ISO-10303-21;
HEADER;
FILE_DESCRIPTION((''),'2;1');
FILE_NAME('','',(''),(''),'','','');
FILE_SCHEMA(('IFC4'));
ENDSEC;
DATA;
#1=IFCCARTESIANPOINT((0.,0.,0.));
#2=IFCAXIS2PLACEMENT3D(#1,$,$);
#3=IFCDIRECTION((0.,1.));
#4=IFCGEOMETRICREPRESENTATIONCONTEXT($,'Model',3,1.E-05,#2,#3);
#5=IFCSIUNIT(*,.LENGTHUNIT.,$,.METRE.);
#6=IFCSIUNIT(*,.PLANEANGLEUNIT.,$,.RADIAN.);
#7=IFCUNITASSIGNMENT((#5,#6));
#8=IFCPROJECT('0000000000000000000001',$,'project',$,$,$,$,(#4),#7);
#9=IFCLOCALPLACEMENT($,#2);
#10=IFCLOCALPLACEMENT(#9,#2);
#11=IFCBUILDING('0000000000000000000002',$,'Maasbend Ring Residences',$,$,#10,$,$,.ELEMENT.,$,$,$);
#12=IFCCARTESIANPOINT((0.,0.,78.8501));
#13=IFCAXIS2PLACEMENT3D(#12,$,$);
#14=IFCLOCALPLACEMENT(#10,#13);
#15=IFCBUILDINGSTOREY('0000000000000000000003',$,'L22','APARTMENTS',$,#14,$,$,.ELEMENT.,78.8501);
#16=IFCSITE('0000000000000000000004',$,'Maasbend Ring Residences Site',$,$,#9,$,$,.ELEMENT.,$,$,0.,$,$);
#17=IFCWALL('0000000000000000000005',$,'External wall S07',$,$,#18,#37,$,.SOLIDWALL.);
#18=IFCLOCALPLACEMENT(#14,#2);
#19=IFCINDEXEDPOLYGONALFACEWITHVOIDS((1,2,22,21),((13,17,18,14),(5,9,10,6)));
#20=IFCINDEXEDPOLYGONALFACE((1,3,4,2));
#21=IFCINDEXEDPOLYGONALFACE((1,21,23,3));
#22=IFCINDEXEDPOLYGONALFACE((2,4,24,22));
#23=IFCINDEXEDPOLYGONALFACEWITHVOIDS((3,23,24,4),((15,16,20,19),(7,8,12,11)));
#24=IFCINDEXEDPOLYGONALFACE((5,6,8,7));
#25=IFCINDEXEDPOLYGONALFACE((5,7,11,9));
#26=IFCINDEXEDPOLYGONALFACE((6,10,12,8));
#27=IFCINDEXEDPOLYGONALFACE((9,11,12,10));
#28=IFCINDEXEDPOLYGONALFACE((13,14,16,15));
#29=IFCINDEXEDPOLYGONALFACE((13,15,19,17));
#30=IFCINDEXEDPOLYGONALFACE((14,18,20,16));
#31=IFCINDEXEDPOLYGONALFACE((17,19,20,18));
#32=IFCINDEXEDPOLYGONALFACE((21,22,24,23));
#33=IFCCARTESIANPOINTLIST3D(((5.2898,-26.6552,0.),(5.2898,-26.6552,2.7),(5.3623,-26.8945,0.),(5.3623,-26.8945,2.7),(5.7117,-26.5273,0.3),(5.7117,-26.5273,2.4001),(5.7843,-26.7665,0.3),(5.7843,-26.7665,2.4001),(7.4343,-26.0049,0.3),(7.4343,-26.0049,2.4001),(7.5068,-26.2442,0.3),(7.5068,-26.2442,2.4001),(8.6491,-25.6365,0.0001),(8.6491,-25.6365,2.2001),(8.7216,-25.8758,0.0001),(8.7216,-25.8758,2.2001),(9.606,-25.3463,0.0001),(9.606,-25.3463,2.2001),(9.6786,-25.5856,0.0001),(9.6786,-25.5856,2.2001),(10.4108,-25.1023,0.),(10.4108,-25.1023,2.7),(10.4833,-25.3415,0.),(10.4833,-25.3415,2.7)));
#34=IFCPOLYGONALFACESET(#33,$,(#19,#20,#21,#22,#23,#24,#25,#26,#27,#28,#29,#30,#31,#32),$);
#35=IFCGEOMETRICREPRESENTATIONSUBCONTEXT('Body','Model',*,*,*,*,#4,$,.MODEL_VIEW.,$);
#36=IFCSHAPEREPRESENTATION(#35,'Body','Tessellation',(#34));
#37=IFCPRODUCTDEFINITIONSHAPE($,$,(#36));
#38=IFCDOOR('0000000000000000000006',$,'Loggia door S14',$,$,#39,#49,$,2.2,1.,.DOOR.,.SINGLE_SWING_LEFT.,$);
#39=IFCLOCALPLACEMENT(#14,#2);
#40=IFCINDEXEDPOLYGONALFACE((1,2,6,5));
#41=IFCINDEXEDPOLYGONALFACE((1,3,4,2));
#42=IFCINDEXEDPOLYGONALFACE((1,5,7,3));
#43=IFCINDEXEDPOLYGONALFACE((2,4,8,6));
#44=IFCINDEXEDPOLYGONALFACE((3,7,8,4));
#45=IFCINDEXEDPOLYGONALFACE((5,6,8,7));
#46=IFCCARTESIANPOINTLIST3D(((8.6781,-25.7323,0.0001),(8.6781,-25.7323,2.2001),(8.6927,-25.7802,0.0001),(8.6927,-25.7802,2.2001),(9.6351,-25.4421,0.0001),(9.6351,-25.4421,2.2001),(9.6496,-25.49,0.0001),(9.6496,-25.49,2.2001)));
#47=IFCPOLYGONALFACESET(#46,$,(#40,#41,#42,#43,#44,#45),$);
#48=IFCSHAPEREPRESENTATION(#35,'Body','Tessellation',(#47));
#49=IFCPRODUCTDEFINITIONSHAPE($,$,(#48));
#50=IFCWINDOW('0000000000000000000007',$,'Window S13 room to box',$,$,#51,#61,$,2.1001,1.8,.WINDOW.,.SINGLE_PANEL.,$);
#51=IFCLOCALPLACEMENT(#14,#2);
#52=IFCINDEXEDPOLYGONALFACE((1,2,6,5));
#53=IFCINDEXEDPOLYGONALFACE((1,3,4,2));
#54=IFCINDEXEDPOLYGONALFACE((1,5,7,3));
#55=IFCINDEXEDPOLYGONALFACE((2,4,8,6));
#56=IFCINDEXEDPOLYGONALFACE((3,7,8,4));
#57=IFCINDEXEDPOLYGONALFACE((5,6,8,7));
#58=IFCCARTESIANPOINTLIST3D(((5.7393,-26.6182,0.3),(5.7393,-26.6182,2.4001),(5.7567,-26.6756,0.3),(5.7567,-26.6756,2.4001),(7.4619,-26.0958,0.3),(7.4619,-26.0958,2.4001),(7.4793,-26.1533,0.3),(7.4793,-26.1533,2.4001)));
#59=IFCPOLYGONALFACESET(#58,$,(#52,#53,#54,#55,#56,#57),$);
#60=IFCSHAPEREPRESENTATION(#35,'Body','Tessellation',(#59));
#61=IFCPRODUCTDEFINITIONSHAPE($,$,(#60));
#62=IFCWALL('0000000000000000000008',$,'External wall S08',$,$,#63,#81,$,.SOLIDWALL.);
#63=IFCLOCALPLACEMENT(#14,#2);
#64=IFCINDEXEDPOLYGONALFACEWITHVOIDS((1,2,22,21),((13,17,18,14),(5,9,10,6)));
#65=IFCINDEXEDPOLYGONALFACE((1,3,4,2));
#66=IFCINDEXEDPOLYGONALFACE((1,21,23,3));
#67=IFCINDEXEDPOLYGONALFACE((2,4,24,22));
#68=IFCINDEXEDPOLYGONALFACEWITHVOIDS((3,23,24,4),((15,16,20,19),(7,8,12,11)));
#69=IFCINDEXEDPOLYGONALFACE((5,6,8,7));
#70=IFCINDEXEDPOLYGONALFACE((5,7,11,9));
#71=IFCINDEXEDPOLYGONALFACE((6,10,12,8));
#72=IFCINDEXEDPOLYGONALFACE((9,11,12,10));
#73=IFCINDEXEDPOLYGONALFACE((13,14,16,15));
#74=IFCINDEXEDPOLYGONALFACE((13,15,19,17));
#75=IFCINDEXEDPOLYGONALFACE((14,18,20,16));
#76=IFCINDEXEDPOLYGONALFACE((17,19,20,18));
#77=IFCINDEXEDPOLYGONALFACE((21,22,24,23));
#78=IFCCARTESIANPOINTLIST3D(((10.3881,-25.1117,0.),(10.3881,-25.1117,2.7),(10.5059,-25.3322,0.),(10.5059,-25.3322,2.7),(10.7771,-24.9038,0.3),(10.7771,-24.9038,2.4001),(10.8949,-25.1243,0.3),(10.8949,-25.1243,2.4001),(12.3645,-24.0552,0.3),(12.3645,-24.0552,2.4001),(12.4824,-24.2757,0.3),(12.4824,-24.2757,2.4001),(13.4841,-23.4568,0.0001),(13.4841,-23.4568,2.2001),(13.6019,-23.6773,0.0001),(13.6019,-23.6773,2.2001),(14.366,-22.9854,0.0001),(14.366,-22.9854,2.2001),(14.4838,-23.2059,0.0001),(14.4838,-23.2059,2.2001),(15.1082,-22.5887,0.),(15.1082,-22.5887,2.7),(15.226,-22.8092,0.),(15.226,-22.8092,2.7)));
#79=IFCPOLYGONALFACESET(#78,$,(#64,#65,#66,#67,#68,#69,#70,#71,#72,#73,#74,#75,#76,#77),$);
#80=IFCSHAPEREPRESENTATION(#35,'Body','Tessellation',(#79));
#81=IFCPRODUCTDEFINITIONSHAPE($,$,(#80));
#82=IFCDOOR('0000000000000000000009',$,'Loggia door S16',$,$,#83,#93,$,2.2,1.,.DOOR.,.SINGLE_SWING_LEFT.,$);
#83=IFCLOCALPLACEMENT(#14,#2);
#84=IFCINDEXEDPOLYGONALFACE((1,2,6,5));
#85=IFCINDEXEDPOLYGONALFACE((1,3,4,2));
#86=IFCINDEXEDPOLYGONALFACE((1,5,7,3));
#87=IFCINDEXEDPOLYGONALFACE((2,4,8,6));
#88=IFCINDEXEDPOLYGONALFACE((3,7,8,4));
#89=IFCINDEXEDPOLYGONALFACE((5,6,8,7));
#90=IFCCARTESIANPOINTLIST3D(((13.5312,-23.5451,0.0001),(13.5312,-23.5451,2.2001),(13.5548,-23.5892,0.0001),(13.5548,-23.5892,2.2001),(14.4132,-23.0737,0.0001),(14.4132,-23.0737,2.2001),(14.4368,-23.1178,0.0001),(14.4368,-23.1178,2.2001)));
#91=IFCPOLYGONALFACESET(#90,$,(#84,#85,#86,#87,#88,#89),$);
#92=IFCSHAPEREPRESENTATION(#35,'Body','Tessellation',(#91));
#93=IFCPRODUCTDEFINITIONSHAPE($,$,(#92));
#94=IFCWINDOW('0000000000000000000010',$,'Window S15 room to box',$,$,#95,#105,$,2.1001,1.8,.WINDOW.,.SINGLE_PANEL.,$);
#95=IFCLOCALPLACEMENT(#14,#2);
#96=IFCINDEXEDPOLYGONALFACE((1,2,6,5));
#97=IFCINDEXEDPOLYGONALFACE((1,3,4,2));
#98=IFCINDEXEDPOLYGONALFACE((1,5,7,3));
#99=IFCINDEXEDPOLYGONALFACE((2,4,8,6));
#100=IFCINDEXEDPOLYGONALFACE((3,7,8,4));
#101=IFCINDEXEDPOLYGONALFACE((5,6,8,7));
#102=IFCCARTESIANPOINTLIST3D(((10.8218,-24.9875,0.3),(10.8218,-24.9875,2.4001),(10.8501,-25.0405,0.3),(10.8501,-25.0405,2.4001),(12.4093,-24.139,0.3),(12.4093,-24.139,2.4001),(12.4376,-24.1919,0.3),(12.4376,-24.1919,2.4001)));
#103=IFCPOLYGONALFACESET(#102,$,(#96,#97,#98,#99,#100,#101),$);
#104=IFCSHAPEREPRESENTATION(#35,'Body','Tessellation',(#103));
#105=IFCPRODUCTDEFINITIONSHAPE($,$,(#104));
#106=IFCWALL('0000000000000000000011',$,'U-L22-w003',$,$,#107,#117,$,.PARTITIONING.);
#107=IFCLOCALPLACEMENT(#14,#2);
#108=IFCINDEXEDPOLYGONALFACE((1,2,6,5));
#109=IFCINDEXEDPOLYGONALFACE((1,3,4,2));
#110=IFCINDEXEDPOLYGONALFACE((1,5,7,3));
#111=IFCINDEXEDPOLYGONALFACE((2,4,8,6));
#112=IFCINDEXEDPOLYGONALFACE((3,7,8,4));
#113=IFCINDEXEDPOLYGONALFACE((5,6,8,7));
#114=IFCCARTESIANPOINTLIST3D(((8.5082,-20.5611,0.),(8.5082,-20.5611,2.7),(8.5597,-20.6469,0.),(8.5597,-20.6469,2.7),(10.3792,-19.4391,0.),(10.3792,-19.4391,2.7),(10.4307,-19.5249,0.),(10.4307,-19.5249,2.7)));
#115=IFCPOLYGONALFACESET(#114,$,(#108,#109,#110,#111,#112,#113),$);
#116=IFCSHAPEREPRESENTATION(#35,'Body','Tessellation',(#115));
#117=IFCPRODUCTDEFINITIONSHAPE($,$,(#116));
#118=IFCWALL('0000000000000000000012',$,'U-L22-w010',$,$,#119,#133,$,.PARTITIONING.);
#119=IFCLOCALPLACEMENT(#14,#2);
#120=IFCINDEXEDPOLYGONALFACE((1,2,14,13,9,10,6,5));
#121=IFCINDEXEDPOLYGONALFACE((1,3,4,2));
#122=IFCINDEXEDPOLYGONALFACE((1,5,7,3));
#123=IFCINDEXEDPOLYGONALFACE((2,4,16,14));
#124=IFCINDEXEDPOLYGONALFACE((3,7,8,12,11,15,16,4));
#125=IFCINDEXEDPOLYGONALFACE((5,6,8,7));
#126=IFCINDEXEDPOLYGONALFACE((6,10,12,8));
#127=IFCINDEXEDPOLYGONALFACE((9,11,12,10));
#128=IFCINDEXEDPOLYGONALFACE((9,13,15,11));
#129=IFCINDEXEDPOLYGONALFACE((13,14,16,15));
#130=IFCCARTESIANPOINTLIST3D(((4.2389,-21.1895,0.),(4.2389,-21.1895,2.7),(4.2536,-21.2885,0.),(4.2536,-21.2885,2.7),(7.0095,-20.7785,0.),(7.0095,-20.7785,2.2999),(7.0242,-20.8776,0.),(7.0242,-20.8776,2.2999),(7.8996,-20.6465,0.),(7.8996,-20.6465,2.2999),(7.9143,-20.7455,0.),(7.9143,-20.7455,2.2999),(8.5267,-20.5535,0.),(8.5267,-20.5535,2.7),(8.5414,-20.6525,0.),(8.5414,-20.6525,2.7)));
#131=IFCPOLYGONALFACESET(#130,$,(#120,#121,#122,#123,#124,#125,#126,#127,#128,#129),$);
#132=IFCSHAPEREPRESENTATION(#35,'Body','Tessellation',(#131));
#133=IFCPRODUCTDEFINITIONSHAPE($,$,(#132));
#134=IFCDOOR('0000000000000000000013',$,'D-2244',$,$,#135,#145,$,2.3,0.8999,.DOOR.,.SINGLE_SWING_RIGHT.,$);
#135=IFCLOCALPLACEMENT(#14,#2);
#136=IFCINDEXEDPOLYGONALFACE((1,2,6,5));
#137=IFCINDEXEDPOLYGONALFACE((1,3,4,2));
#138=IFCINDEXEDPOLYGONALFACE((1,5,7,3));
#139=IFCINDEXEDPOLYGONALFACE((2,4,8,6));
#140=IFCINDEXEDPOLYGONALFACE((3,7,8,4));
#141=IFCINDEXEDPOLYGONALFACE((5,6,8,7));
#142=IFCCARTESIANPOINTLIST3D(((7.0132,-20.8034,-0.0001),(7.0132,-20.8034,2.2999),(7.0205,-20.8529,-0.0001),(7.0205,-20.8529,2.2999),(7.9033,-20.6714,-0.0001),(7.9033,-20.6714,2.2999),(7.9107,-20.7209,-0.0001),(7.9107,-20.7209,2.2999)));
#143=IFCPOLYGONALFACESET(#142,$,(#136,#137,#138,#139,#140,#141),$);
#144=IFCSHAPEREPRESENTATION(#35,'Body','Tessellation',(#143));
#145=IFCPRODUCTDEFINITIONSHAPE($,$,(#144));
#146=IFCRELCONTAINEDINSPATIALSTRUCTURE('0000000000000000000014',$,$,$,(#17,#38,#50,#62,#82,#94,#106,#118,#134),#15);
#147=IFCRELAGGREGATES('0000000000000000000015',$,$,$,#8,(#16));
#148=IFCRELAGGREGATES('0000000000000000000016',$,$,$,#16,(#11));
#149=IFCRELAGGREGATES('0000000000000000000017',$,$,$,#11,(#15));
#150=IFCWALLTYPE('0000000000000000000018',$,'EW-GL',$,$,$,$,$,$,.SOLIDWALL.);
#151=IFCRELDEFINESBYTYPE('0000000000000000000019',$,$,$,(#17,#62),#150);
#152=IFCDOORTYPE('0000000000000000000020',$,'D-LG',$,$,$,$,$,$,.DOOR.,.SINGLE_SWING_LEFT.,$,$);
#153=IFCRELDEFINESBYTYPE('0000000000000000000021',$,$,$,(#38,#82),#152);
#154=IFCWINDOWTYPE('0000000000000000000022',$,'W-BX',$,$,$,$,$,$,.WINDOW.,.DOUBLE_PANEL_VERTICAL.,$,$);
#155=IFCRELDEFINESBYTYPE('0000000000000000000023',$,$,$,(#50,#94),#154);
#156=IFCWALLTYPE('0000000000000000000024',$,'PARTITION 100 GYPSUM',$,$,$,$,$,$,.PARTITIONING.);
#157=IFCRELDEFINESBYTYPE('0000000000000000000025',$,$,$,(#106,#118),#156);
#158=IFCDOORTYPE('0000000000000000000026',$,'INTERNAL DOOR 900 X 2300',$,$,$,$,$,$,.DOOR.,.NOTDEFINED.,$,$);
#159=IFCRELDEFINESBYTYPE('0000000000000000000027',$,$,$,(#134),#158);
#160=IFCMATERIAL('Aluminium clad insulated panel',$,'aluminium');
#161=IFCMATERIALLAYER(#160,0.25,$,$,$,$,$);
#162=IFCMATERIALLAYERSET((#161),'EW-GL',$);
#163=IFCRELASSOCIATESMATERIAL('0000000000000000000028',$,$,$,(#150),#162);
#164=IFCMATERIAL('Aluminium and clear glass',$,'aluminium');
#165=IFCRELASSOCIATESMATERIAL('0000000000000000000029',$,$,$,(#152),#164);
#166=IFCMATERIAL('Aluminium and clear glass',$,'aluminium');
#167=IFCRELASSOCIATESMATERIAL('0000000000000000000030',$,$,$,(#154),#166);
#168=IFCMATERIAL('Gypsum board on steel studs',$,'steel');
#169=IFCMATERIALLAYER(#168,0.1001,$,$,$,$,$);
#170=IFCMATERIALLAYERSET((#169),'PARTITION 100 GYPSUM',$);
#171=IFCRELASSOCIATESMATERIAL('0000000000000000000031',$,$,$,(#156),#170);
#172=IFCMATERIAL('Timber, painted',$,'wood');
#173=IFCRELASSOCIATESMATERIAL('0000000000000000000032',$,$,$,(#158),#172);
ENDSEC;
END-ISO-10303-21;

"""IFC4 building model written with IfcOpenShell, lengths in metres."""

from ifc_helpers import new_model, si_unit, direction, frame, frame_2d, origin, place, context, subcontext, project, spatial, rectangle, extrude, material, layer, layer_set, type_object, element, fill, save


model = new_model("IFC4")

# Units and contexts
model_context = context("Model", 3, precision=1e-05, world=origin(), true_north=direction((0.0, 1.0)))
body_context = subcontext(model_context, "Body", "Model", "MODEL_VIEW")
ifc_project = project(units=[si_unit("LENGTHUNIT", "METRE"), si_unit("PLANEANGLEUNIT", "RADIAN")], contexts=[model_context])

# Site, building, storey
site_placement = place(None, origin())
site = spatial("IfcSite", under=ifc_project, at=site_placement, Name="Maasbend Ring Residences Site", CompositionType="ELEMENT", RefElevation=0.0)
building_placement = place(site_placement, origin())
building = spatial("IfcBuilding", under=site, at=building_placement, Name="Maasbend Ring Residences", CompositionType="ELEMENT")
storey_placement = place(building_placement, frame((0.0, 0.0, 78.8501)))
storey = spatial("IfcBuildingStorey", under=building, at=storey_placement, Name="L22", Description="APARTMENTS", CompositionType="ELEMENT", Elevation=78.8501)

# Walls, openings, doors, windows
ifc_material_1 = material(Name="Aluminium clad insulated panel", Category="aluminium")
ifc_layer_1 = layer(ifc_material_1, 0.25)
ifc_layer_set_1 = layer_set([ifc_layer_1], Name="EW-GL")
wall_type_1 = type_object("IfcWallType", Name="EW-GL", PredefinedType="SOLIDWALL", material=ifc_layer_set_1)
wall_1_placement = place(storey_placement, frame((5.3259, -26.7749, 0.0), z_axis=(0.0, 0.0, 1.0), x_axis=(0.956966, 0.290201, 0.0)))
wall_1 = element("IfcWall", 1, at=wall_1_placement, inside=storey, type_object=wall_type_1, Name="External wall S07", PredefinedType="SOLIDWALL", context=body_context, shape_type="SweptSolid", body=[
    extrude(rectangle(XDim=5.3513, YDim=0.25, at=frame_2d((2.6758, 0.0))), origin(), (0.0, 0.0, 1.0), 2.7),
])
opening_1_placement = place(wall_1_placement, frame((0.4412, 0.0, 0.3)))
opening_1 = element("IfcOpeningElement", 2, at=opening_1_placement, cuts=wall_1, PredefinedType="OPENING", context=body_context, shape_type="SweptSolid", body=[
    extrude(rectangle(XDim=1.8, YDim=2.1001, at=frame_2d((0.8999, 1.05))), frame((0.0, 0.135, 0.0), z_axis=(0.0, -1.0, 0.0), x_axis=(1.0, 0.0, 0.0)), (0.0, 0.0, 1.0), 0.27),
])
opening_2_placement = place(wall_1_placement, frame((3.5105, 0.0, 0.0)))
opening_2 = element("IfcOpeningElement", 3, at=opening_2_placement, cuts=wall_1, PredefinedType="OPENING", context=body_context, shape_type="SweptSolid", body=[
    extrude(rectangle(XDim=1.0, YDim=2.2, at=frame_2d((0.5, 1.1001))), frame((0.0, 0.135, 0.0), z_axis=(0.0, -1.0, 0.0), x_axis=(1.0, 0.0, 0.0)), (0.0, 0.0, 1.0), 0.27),
])
ifc_material_2 = material(Name="Aluminium and clear glass", Category="aluminium")
door_type_1 = type_object("IfcDoorType", Name="D-LG", OperationType="SINGLE_SWING_LEFT", PredefinedType="DOOR", material=ifc_material_2)
door_1_placement = place(opening_2_placement, origin())
door_1 = element("IfcDoor", 4, at=door_1_placement, inside=storey, type_object=door_type_1, Name="Loggia door S14", OperationType="SINGLE_SWING_LEFT", OverallHeight=2.2, OverallWidth=1.0, PredefinedType="DOOR", context=body_context, shape_type="SweptSolid", body=[
    extrude(rectangle(XDim=1.0, YDim=2.2, at=frame_2d((0.5, 1.1001))), frame((0.0, 0.0249, 0.0), z_axis=(0.0, -1.0, 0.0), x_axis=(1.0, 0.0, 0.0)), (0.0, 0.0, 1.0), 0.05),
])
fill(opening_2, door_1)
ifc_material_3 = material(Name="Aluminium and clear glass", Category="aluminium")
window_type_1 = type_object("IfcWindowType", Name="W-BX", PartitioningType="DOUBLE_PANEL_VERTICAL", PredefinedType="WINDOW", material=ifc_material_3)
window_1_placement = place(opening_1_placement, origin())
window_1 = element("IfcWindow", 5, at=window_1_placement, inside=storey, type_object=window_type_1, Name="Window S13 room to box", OverallHeight=2.1001, OverallWidth=1.8, PartitioningType="SINGLE_PANEL", PredefinedType="WINDOW", context=body_context, shape_type="SweptSolid", body=[
    extrude(rectangle(XDim=1.8, YDim=2.1001, at=frame_2d((0.8999, 1.05))), frame((0.0, 0.03, 0.0), z_axis=(0.0, -1.0, 0.0), x_axis=(1.0, 0.0, 0.0)), (0.0, 0.0, 1.0), 0.0601),
])
fill(opening_1, window_1)
wall_2_placement = place(storey_placement, frame((10.447, -25.2219, 0.0), z_axis=(0.0, 0.0, 1.0), x_axis=(0.881916, 0.471407, 0.0)))
wall_2 = element("IfcWall", 6, at=wall_2_placement, inside=storey, type_object=wall_type_1, Name="External wall S08", PredefinedType="SOLIDWALL", context=body_context, shape_type="SweptSolid", body=[
    extrude(rectangle(XDim=5.3521, YDim=0.25, at=frame_2d((2.676, 0.0))), origin(), (0.0, 0.0, 1.0), 2.7),
])
opening_3_placement = place(wall_2_placement, frame((0.4412, 0.0, 0.3)))
opening_3 = element("IfcOpeningElement", 7, at=opening_3_placement, cuts=wall_2, PredefinedType="OPENING", context=body_context, shape_type="SweptSolid", body=[
    extrude(rectangle(XDim=1.8, YDim=2.1001, at=frame_2d((0.8999, 1.05))), frame((0.0, 0.135, 0.0), z_axis=(0.0, -1.0, 0.0), x_axis=(1.0, 0.0, 0.0)), (0.0, 0.0, 1.0), 0.27),
])
opening_4_placement = place(wall_2_placement, frame((3.5105, 0.0, 0.0)))
opening_4 = element("IfcOpeningElement", 8, at=opening_4_placement, cuts=wall_2, PredefinedType="OPENING", context=body_context, shape_type="SweptSolid", body=[
    extrude(rectangle(XDim=1.0, YDim=2.2, at=frame_2d((0.5, 1.1001))), frame((0.0, 0.135, 0.0), z_axis=(0.0, -1.0, 0.0), x_axis=(1.0, 0.0, 0.0)), (0.0, 0.0, 1.0), 0.27),
])
door_2_placement = place(opening_4_placement, origin())
door_2 = element("IfcDoor", 9, at=door_2_placement, inside=storey, type_object=door_type_1, Name="Loggia door S16", OperationType="SINGLE_SWING_LEFT", OverallHeight=2.2, OverallWidth=1.0, PredefinedType="DOOR", context=body_context, shape_type="SweptSolid", body=[
    extrude(rectangle(XDim=1.0, YDim=2.2, at=frame_2d((0.5, 1.1001))), frame((0.0, 0.0249, 0.0), z_axis=(0.0, -1.0, 0.0), x_axis=(1.0, 0.0, 0.0)), (0.0, 0.0, 1.0), 0.05),
])
fill(opening_4, door_2)
window_2_placement = place(opening_3_placement, origin())
window_2 = element("IfcWindow", 10, at=window_2_placement, inside=storey, type_object=window_type_1, Name="Window S15 room to box", OverallHeight=2.1001, OverallWidth=1.8, PartitioningType="SINGLE_PANEL", PredefinedType="WINDOW", context=body_context, shape_type="SweptSolid", body=[
    extrude(rectangle(XDim=1.8, YDim=2.1001, at=frame_2d((0.8999, 1.05))), frame((0.0, 0.03, 0.0), z_axis=(0.0, -1.0, 0.0), x_axis=(1.0, 0.0, 0.0)), (0.0, 0.0, 1.0), 0.0601),
])
fill(opening_3, window_2)

# Wall
ifc_material_4 = material(Name="Gypsum board on steel studs", Category="steel")
ifc_layer_2 = layer(ifc_material_4, 0.1001)
ifc_layer_set_2 = layer_set([ifc_layer_2], Name="PARTITION 100 GYPSUM")
wall_type_2 = type_object("IfcWallType", Name="PARTITION 100 GYPSUM", PredefinedType="PARTITIONING", material=ifc_layer_set_2)
wall_3_placement = place(storey_placement, frame((8.5339, -20.604, 0.0), z_axis=(0.0, 0.0, 1.0), x_axis=(0.857611, 0.514298, 0.0)))
element("IfcWall", 11, at=wall_3_placement, inside=storey, type_object=wall_type_2, Name="U-L22-w003", PredefinedType="PARTITIONING", context=body_context, shape_type="SweptSolid", body=[
    extrude(rectangle(XDim=2.1816, YDim=0.1001, at=frame_2d((1.0908, 0.0))), origin(), (0.0, 0.0, 1.0), 2.7),
])

# Wall, opening, door
wall_4_placement = place(storey_placement, frame((4.2461, -21.239, 0.0), z_axis=(0.0, 0.0, 1.0), x_axis=(0.989178, 0.146718, 0.0)))
wall_4 = element("IfcWall", 12, at=wall_4_placement, inside=storey, type_object=wall_type_2, Name="U-L22-w010", PredefinedType="PARTITIONING", context=body_context, shape_type="SweptSolid", body=[
    extrude(rectangle(XDim=4.3347, YDim=0.1001, at=frame_2d((2.1675, 0.0))), origin(), (0.0, 0.0, 1.0), 2.7),
])
opening_5_placement = place(wall_4_placement, frame((2.801, 0.0, 0.0)))
opening_5 = element("IfcOpeningElement", 13, at=opening_5_placement, cuts=wall_4, PredefinedType="OPENING", context=body_context, shape_type="SweptSolid", body=[
    extrude(rectangle(XDim=0.8999, YDim=2.3, at=frame_2d((0.45, 1.1499))), frame((0.0, 0.0601, 0.0), z_axis=(0.0, -1.0, 0.0), x_axis=(1.0, 0.0, 0.0)), (0.0, 0.0, 1.0), 0.1201),
])
ifc_material_5 = material(Name="Timber, painted", Category="wood")
door_type_2 = type_object("IfcDoorType", Name="INTERNAL DOOR 900 X 2300", OperationType="NOTDEFINED", PredefinedType="DOOR", material=ifc_material_5)
door_3_placement = place(opening_5_placement, origin())
door_3 = element("IfcDoor", 14, at=door_3_placement, inside=storey, type_object=door_type_2, Name="D-2244", OperationType="SINGLE_SWING_RIGHT", OverallHeight=2.3, OverallWidth=0.8999, PredefinedType="DOOR", context=body_context, shape_type="SweptSolid", body=[
    extrude(rectangle(XDim=0.8999, YDim=2.3, at=frame_2d((0.45, 1.1499))), frame((0.0, 0.0249, 0.0), z_axis=(0.0, -1.0, 0.0), x_axis=(1.0, 0.0, 0.0)), (0.0, 0.0, 1.0), 0.05),
])
fill(opening_5, door_3)

save(model, "model.ifc")
